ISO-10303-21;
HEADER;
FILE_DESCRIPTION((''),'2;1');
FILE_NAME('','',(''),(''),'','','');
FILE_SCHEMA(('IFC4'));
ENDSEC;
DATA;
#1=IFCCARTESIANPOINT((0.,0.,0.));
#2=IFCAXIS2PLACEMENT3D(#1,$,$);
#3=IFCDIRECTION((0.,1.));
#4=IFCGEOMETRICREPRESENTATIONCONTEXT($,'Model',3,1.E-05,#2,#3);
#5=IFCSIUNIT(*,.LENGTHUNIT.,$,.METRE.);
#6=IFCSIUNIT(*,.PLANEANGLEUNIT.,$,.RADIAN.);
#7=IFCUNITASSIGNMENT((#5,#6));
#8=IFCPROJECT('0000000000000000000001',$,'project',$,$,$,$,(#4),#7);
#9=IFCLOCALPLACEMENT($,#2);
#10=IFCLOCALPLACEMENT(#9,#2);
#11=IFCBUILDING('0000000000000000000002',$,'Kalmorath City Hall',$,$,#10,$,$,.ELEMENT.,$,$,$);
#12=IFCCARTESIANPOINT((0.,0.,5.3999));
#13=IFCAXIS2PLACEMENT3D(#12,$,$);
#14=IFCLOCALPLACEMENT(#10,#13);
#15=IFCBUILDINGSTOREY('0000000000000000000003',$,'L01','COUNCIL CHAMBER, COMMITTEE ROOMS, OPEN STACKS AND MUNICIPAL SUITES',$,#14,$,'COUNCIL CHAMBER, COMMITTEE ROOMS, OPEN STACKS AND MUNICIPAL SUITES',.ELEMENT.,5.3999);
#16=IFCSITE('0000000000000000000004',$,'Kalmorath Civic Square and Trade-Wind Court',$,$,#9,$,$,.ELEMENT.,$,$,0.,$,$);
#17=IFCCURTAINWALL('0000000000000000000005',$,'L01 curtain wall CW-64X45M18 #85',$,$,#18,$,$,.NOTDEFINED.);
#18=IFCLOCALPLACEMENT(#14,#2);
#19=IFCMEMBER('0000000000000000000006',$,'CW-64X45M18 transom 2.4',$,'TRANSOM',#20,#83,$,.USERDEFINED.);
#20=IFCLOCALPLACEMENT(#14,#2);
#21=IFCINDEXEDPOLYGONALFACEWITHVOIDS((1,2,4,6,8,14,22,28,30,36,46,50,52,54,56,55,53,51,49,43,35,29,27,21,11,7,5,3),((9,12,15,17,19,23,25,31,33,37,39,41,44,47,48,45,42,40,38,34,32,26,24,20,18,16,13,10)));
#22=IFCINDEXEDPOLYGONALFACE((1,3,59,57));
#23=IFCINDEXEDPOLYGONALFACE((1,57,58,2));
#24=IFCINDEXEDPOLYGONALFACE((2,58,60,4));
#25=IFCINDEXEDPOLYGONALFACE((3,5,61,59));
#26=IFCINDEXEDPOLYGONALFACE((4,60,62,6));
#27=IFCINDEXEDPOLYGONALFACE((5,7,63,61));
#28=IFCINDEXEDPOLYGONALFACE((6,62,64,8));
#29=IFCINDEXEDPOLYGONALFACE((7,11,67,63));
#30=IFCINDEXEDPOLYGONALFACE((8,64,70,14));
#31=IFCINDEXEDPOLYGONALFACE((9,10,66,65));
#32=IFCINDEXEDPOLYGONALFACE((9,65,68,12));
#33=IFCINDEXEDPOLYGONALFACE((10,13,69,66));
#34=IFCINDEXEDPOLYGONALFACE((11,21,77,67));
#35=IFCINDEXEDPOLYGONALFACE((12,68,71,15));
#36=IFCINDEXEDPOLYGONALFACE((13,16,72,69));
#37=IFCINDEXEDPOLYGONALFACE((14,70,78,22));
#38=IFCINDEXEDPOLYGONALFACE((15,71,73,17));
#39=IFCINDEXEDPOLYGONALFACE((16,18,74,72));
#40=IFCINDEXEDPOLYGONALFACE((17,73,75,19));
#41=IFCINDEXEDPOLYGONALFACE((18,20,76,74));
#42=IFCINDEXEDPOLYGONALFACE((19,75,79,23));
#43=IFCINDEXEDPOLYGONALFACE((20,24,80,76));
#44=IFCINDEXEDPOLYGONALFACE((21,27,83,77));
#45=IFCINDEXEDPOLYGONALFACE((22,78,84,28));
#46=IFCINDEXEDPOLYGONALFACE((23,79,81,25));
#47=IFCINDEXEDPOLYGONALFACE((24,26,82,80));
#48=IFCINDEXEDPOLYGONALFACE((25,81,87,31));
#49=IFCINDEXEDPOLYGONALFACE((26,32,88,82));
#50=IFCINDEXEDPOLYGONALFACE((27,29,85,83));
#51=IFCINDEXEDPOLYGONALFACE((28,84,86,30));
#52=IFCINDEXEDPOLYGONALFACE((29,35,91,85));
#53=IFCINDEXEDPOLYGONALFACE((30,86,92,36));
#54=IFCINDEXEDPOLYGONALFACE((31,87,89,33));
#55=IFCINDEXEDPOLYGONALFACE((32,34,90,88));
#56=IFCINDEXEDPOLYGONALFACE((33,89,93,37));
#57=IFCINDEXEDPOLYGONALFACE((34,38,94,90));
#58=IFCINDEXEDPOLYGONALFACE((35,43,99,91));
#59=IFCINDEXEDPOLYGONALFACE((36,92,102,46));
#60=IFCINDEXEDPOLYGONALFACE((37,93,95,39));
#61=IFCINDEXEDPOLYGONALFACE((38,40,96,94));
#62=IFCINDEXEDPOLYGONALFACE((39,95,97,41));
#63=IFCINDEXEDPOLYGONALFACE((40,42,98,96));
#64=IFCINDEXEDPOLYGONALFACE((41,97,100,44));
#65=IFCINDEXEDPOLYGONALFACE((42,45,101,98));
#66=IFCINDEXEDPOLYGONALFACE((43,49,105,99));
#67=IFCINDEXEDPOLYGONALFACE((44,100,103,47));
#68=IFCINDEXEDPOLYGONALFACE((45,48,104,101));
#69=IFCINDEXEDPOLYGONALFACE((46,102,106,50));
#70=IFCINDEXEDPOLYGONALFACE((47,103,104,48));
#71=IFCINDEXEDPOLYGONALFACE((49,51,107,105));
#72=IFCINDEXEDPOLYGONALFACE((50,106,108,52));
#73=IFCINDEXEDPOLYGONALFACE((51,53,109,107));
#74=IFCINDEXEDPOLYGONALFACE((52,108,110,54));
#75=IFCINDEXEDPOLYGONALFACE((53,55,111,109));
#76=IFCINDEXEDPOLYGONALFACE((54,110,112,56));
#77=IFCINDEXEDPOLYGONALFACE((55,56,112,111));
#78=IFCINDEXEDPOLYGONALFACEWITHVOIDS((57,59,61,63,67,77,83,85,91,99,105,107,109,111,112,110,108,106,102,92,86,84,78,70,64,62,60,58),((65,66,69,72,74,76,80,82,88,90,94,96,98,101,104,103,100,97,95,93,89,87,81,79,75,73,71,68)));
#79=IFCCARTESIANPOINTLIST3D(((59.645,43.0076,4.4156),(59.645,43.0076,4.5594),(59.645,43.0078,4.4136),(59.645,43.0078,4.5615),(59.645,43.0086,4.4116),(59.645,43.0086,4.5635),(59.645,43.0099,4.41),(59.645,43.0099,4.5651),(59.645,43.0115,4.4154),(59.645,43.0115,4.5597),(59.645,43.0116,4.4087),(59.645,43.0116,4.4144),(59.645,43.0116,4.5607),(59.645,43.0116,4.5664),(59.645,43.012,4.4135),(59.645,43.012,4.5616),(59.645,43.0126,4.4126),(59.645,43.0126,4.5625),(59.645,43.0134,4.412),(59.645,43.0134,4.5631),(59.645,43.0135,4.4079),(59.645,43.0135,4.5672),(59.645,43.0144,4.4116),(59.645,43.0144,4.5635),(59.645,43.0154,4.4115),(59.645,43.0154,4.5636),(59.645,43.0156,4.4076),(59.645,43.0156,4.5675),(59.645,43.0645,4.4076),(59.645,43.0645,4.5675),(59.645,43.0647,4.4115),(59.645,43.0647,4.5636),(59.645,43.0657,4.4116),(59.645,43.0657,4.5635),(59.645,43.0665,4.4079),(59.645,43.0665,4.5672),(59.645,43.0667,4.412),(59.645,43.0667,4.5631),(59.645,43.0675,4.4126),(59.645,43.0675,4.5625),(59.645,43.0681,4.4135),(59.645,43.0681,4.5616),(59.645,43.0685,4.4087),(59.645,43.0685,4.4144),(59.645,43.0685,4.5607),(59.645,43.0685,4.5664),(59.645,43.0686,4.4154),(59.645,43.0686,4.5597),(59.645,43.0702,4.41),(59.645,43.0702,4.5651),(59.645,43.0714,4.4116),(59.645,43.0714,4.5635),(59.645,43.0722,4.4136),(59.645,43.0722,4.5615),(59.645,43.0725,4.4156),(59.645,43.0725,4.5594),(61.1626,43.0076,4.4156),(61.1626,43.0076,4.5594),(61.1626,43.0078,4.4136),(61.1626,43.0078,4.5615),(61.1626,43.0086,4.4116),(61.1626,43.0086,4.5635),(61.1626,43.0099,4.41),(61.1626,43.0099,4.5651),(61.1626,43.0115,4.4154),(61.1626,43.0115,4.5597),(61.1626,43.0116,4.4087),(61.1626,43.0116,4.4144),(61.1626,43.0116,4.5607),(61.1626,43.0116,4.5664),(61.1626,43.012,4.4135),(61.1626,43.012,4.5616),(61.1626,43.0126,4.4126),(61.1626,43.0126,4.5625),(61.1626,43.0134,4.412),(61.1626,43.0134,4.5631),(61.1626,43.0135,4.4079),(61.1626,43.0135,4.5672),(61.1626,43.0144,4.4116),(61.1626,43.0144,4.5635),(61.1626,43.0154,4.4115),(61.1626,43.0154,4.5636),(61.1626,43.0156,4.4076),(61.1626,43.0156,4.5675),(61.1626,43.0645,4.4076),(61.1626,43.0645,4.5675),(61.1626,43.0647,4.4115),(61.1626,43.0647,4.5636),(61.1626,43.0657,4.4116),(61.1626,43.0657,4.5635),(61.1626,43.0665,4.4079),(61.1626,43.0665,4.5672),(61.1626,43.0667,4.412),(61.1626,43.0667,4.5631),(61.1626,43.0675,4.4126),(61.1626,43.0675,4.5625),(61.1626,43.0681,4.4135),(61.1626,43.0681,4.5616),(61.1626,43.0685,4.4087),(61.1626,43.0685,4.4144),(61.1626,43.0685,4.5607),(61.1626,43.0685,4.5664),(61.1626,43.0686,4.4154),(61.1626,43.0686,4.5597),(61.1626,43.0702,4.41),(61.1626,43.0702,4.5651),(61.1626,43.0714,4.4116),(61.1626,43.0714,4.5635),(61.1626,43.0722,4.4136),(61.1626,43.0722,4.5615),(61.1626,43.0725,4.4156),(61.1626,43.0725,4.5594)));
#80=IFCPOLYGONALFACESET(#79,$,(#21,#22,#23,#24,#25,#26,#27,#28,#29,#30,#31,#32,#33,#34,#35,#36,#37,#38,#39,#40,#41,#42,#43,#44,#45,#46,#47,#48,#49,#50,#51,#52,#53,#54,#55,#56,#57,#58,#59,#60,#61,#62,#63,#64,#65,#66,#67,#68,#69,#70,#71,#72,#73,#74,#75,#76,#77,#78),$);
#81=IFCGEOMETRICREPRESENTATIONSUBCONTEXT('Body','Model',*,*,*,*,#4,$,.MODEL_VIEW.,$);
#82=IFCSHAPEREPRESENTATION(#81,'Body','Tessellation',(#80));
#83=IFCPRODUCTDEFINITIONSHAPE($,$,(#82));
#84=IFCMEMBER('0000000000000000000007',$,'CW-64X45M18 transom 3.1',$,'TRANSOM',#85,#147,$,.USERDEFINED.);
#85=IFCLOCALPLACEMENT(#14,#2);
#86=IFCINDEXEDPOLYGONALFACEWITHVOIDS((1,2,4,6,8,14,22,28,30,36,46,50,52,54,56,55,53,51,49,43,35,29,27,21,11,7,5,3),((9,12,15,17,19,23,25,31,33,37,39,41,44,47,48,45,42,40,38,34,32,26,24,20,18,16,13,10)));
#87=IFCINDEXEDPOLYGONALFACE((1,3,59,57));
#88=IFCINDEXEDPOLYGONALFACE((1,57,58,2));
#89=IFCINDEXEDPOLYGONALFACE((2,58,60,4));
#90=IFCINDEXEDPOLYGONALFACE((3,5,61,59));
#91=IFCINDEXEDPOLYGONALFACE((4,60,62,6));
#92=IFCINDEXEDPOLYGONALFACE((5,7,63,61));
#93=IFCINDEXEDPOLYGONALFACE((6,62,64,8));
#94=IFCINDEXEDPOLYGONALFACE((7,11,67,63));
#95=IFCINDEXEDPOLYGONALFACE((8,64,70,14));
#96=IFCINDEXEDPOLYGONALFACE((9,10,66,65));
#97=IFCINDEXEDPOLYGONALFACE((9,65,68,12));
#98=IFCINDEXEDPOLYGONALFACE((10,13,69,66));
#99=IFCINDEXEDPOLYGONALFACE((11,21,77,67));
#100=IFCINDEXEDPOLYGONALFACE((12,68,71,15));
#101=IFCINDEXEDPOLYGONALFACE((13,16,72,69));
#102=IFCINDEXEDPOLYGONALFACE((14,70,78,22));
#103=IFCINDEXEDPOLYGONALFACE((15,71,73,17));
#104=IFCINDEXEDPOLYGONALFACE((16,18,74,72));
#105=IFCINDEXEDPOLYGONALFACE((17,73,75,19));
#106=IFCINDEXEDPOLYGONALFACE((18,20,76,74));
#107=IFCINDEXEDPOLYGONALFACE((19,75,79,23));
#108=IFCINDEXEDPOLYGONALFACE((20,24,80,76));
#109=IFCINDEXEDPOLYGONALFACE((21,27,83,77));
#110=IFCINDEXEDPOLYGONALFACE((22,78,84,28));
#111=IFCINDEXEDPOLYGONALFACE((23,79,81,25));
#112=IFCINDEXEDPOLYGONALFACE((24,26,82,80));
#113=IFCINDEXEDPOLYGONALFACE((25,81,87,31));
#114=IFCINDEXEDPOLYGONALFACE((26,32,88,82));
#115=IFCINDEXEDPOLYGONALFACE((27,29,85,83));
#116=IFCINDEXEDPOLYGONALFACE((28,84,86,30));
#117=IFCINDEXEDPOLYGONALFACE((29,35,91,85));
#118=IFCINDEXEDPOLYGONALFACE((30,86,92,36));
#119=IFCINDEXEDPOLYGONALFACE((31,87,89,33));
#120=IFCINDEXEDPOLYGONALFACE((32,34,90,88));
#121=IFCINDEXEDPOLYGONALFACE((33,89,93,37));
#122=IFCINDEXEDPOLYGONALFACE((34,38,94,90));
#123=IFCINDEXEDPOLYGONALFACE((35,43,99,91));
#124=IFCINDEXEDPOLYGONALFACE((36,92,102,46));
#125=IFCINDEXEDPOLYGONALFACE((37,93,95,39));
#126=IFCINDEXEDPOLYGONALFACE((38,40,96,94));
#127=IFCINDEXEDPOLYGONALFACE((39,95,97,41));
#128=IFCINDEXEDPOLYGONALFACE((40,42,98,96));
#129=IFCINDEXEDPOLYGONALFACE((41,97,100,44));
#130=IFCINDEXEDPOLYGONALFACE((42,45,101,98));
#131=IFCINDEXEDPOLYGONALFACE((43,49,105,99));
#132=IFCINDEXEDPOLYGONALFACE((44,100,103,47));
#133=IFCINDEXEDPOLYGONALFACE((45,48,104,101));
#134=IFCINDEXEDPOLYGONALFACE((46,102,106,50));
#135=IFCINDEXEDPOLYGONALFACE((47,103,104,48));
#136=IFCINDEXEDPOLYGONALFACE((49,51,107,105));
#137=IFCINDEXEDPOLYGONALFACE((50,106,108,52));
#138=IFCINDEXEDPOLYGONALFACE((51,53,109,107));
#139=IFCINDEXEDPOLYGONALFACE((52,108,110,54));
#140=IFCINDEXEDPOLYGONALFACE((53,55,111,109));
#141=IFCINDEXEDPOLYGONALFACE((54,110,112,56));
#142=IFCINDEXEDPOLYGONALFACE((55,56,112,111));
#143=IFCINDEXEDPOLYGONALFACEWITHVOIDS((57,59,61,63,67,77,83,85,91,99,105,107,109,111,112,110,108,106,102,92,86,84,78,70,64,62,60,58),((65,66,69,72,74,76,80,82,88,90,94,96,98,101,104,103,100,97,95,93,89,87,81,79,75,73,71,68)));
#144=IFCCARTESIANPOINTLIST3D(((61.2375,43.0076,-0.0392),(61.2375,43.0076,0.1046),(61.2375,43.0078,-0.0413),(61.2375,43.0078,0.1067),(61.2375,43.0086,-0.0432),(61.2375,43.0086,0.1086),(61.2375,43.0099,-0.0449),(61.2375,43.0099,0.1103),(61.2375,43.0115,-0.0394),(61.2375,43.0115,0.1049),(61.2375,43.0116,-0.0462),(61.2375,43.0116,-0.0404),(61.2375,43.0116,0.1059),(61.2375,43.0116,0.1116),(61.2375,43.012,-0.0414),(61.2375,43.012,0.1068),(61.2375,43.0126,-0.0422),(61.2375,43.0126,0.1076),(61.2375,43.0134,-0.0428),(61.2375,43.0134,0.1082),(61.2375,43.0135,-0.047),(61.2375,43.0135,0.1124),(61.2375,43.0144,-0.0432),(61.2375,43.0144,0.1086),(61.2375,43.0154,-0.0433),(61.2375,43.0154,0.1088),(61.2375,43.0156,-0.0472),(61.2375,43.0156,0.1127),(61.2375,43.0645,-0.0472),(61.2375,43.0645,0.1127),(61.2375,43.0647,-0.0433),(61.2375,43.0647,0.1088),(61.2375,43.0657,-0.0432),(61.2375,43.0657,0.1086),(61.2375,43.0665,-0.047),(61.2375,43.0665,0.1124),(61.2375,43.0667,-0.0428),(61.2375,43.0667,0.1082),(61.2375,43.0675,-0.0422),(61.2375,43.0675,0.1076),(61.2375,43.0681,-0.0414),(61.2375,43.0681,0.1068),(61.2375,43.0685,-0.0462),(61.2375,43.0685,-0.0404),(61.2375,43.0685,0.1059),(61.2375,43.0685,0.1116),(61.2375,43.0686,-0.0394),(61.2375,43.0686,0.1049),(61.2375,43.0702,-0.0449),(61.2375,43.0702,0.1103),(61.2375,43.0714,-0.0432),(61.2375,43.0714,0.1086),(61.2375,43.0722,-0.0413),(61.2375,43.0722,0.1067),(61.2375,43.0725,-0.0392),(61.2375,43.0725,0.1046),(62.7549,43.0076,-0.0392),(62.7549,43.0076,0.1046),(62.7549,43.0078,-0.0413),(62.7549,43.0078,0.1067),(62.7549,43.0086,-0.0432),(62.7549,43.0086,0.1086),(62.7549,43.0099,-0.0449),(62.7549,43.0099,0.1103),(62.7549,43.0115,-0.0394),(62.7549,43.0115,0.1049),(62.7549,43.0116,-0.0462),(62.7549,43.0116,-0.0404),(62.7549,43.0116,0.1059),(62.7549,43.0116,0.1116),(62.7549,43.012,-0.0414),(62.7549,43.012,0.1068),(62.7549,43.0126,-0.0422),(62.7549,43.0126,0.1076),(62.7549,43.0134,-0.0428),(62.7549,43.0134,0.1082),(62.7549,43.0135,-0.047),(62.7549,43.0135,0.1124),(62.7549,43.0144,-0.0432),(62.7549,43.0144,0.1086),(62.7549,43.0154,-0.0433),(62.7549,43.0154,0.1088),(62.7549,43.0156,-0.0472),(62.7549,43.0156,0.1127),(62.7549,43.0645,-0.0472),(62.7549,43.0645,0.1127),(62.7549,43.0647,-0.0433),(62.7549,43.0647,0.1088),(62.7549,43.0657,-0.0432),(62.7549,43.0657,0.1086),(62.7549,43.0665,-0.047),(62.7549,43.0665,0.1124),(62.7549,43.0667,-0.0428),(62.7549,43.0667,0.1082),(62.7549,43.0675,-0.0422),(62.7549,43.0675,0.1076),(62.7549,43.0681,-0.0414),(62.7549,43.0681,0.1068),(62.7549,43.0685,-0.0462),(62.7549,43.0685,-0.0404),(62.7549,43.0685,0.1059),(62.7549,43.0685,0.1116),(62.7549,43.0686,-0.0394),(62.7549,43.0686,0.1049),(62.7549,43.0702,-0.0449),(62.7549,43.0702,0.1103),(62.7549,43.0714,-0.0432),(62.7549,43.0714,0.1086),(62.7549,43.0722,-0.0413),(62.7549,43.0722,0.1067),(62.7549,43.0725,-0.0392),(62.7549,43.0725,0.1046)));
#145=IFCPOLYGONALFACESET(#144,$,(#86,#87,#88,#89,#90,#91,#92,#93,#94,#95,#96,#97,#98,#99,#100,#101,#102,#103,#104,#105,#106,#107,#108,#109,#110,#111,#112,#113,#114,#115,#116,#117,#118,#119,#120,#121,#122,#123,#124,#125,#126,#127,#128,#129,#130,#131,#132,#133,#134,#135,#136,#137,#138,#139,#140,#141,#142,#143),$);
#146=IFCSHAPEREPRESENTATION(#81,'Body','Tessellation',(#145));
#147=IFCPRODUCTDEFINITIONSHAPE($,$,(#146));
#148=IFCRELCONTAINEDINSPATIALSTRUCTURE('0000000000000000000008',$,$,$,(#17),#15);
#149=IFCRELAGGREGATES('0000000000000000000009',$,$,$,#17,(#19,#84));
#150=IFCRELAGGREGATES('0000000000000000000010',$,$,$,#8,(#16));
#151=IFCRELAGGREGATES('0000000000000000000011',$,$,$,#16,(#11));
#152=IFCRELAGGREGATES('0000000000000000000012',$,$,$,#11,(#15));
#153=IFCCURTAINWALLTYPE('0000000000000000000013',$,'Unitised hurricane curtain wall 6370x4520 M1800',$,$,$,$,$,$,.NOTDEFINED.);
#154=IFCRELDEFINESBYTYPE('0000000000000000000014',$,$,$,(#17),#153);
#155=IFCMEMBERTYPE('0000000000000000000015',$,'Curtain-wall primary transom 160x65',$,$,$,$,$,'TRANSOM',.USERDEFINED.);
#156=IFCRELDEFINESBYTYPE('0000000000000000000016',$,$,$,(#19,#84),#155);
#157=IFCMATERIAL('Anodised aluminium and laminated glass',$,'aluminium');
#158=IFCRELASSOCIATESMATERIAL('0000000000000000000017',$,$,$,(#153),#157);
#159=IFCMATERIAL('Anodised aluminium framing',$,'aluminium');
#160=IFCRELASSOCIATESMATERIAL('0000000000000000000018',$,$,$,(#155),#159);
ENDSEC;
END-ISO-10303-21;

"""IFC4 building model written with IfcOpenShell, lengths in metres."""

from ifc_helpers import new_model, si_unit, direction, frame, origin, origin_2d, place, context, subcontext, project, spatial, hollow_rectangle, extrude, material, material_profile, profile_set, type_object, element, aggregate, save


model = new_model("IFC4")

# Units and contexts
model_context = context("Model", 3, precision=1e-05, world=origin(), true_north=direction((0.0, 1.0)))
body_context = subcontext(model_context, "Body", "Model", "MODEL_VIEW")
ifc_project = project(units=[si_unit("LENGTHUNIT", "METRE"), si_unit("PLANEANGLEUNIT", "RADIAN")], contexts=[model_context])

# Site, building, storey
site_placement = place(None, origin())
site = spatial("IfcSite", under=ifc_project, at=site_placement, Name="Kalmorath Civic Square and Trade-Wind Court", CompositionType="ELEMENT", RefElevation=0.0)
building_placement = place(site_placement, origin())
building = spatial("IfcBuilding", under=site, at=building_placement, Name="Kalmorath City Hall", CompositionType="ELEMENT")
storey_placement = place(building_placement, frame((0.0, 0.0, 5.3999)))
storey = spatial("IfcBuildingStorey", under=building, at=storey_placement, Name="L01", Description="COUNCIL CHAMBER, COMMITTEE ROOMS, OPEN STACKS AND MUNICIPAL SUITES", LongName="COUNCIL CHAMBER, COMMITTEE ROOMS, OPEN STACKS AND MUNICIPAL SUITES", CompositionType="ELEMENT", Elevation=5.3999)

# Curtain wall
ifc_material_1 = material(Name="Anodised aluminium and laminated glass", Category="aluminium")
curtain_wall_type_1 = type_object("IfcCurtainWallType", Name="Unitised hurricane curtain wall 6370x4520 M1800", PredefinedType="NOTDEFINED", material=ifc_material_1)
curtain_wall_1_placement = place(storey_placement, origin())
curtain_wall_1 = element("IfcCurtainWall", 1, at=curtain_wall_1_placement, inside=storey, type_object=curtain_wall_type_1, Name="L01 curtain wall CW-64X45M18 #85", PredefinedType="NOTDEFINED")

# Shared definitions
ifc_material_2 = material(Name="Anodised aluminium framing", Category="aluminium")
ifc_material_profile_1 = material_profile(ifc_material_2, hollow_rectangle(XDim=0.0649, YDim=0.1599, WallThickness=0.0039, InnerFilletRadius=0.0039, OuterFilletRadius=0.0081, at=origin_2d()), Name="ALU-TRN-160X65X4")
ifc_profile_set_1 = profile_set([ifc_material_profile_1], Name="Anodised aluminium framing")
member_type_1 = type_object("IfcMemberType", Name="Curtain-wall primary transom 160x65", ElementType="TRANSOM", PredefinedType="USERDEFINED", material=ifc_profile_set_1)

# Members
member_1_placement = place(storey_placement, frame((59.645, 43.04, 4.4875), z_axis=(1.0, 0.0, 0.0), x_axis=(0.0, 1.0, 0.0)))
member_1 = element("IfcMember", 2, at=member_1_placement, type_object=member_type_1, Name="CW-64X45M18 transom 2.4", ObjectType="TRANSOM", PredefinedType="USERDEFINED", context=body_context, shape_type="SweptSolid", body=[
    extrude(hollow_rectangle(XDim=0.0649, YDim=0.1599, WallThickness=0.0039, InnerFilletRadius=0.0039, OuterFilletRadius=0.0081, at=origin_2d()), origin(), (0.0, 0.0, 1.0), 1.5176),
])
member_2_placement = place(storey_placement, frame((61.2375, 43.04, 0.0327), z_axis=(1.0, 0.0, 0.0), x_axis=(0.0, 1.0, 0.0)))
member_2 = element("IfcMember", 3, at=member_2_placement, type_object=member_type_1, Name="CW-64X45M18 transom 3.1", ObjectType="TRANSOM", PredefinedType="USERDEFINED", context=body_context, shape_type="SweptSolid", body=[
    extrude(hollow_rectangle(XDim=0.0649, YDim=0.1599, WallThickness=0.0039, InnerFilletRadius=0.0039, OuterFilletRadius=0.0081, at=origin_2d()), origin(), (0.0, 0.0, 1.0), 1.5173),
])

aggregate(curtain_wall_1, [member_1, member_2])

save(model, "model.ifc")
